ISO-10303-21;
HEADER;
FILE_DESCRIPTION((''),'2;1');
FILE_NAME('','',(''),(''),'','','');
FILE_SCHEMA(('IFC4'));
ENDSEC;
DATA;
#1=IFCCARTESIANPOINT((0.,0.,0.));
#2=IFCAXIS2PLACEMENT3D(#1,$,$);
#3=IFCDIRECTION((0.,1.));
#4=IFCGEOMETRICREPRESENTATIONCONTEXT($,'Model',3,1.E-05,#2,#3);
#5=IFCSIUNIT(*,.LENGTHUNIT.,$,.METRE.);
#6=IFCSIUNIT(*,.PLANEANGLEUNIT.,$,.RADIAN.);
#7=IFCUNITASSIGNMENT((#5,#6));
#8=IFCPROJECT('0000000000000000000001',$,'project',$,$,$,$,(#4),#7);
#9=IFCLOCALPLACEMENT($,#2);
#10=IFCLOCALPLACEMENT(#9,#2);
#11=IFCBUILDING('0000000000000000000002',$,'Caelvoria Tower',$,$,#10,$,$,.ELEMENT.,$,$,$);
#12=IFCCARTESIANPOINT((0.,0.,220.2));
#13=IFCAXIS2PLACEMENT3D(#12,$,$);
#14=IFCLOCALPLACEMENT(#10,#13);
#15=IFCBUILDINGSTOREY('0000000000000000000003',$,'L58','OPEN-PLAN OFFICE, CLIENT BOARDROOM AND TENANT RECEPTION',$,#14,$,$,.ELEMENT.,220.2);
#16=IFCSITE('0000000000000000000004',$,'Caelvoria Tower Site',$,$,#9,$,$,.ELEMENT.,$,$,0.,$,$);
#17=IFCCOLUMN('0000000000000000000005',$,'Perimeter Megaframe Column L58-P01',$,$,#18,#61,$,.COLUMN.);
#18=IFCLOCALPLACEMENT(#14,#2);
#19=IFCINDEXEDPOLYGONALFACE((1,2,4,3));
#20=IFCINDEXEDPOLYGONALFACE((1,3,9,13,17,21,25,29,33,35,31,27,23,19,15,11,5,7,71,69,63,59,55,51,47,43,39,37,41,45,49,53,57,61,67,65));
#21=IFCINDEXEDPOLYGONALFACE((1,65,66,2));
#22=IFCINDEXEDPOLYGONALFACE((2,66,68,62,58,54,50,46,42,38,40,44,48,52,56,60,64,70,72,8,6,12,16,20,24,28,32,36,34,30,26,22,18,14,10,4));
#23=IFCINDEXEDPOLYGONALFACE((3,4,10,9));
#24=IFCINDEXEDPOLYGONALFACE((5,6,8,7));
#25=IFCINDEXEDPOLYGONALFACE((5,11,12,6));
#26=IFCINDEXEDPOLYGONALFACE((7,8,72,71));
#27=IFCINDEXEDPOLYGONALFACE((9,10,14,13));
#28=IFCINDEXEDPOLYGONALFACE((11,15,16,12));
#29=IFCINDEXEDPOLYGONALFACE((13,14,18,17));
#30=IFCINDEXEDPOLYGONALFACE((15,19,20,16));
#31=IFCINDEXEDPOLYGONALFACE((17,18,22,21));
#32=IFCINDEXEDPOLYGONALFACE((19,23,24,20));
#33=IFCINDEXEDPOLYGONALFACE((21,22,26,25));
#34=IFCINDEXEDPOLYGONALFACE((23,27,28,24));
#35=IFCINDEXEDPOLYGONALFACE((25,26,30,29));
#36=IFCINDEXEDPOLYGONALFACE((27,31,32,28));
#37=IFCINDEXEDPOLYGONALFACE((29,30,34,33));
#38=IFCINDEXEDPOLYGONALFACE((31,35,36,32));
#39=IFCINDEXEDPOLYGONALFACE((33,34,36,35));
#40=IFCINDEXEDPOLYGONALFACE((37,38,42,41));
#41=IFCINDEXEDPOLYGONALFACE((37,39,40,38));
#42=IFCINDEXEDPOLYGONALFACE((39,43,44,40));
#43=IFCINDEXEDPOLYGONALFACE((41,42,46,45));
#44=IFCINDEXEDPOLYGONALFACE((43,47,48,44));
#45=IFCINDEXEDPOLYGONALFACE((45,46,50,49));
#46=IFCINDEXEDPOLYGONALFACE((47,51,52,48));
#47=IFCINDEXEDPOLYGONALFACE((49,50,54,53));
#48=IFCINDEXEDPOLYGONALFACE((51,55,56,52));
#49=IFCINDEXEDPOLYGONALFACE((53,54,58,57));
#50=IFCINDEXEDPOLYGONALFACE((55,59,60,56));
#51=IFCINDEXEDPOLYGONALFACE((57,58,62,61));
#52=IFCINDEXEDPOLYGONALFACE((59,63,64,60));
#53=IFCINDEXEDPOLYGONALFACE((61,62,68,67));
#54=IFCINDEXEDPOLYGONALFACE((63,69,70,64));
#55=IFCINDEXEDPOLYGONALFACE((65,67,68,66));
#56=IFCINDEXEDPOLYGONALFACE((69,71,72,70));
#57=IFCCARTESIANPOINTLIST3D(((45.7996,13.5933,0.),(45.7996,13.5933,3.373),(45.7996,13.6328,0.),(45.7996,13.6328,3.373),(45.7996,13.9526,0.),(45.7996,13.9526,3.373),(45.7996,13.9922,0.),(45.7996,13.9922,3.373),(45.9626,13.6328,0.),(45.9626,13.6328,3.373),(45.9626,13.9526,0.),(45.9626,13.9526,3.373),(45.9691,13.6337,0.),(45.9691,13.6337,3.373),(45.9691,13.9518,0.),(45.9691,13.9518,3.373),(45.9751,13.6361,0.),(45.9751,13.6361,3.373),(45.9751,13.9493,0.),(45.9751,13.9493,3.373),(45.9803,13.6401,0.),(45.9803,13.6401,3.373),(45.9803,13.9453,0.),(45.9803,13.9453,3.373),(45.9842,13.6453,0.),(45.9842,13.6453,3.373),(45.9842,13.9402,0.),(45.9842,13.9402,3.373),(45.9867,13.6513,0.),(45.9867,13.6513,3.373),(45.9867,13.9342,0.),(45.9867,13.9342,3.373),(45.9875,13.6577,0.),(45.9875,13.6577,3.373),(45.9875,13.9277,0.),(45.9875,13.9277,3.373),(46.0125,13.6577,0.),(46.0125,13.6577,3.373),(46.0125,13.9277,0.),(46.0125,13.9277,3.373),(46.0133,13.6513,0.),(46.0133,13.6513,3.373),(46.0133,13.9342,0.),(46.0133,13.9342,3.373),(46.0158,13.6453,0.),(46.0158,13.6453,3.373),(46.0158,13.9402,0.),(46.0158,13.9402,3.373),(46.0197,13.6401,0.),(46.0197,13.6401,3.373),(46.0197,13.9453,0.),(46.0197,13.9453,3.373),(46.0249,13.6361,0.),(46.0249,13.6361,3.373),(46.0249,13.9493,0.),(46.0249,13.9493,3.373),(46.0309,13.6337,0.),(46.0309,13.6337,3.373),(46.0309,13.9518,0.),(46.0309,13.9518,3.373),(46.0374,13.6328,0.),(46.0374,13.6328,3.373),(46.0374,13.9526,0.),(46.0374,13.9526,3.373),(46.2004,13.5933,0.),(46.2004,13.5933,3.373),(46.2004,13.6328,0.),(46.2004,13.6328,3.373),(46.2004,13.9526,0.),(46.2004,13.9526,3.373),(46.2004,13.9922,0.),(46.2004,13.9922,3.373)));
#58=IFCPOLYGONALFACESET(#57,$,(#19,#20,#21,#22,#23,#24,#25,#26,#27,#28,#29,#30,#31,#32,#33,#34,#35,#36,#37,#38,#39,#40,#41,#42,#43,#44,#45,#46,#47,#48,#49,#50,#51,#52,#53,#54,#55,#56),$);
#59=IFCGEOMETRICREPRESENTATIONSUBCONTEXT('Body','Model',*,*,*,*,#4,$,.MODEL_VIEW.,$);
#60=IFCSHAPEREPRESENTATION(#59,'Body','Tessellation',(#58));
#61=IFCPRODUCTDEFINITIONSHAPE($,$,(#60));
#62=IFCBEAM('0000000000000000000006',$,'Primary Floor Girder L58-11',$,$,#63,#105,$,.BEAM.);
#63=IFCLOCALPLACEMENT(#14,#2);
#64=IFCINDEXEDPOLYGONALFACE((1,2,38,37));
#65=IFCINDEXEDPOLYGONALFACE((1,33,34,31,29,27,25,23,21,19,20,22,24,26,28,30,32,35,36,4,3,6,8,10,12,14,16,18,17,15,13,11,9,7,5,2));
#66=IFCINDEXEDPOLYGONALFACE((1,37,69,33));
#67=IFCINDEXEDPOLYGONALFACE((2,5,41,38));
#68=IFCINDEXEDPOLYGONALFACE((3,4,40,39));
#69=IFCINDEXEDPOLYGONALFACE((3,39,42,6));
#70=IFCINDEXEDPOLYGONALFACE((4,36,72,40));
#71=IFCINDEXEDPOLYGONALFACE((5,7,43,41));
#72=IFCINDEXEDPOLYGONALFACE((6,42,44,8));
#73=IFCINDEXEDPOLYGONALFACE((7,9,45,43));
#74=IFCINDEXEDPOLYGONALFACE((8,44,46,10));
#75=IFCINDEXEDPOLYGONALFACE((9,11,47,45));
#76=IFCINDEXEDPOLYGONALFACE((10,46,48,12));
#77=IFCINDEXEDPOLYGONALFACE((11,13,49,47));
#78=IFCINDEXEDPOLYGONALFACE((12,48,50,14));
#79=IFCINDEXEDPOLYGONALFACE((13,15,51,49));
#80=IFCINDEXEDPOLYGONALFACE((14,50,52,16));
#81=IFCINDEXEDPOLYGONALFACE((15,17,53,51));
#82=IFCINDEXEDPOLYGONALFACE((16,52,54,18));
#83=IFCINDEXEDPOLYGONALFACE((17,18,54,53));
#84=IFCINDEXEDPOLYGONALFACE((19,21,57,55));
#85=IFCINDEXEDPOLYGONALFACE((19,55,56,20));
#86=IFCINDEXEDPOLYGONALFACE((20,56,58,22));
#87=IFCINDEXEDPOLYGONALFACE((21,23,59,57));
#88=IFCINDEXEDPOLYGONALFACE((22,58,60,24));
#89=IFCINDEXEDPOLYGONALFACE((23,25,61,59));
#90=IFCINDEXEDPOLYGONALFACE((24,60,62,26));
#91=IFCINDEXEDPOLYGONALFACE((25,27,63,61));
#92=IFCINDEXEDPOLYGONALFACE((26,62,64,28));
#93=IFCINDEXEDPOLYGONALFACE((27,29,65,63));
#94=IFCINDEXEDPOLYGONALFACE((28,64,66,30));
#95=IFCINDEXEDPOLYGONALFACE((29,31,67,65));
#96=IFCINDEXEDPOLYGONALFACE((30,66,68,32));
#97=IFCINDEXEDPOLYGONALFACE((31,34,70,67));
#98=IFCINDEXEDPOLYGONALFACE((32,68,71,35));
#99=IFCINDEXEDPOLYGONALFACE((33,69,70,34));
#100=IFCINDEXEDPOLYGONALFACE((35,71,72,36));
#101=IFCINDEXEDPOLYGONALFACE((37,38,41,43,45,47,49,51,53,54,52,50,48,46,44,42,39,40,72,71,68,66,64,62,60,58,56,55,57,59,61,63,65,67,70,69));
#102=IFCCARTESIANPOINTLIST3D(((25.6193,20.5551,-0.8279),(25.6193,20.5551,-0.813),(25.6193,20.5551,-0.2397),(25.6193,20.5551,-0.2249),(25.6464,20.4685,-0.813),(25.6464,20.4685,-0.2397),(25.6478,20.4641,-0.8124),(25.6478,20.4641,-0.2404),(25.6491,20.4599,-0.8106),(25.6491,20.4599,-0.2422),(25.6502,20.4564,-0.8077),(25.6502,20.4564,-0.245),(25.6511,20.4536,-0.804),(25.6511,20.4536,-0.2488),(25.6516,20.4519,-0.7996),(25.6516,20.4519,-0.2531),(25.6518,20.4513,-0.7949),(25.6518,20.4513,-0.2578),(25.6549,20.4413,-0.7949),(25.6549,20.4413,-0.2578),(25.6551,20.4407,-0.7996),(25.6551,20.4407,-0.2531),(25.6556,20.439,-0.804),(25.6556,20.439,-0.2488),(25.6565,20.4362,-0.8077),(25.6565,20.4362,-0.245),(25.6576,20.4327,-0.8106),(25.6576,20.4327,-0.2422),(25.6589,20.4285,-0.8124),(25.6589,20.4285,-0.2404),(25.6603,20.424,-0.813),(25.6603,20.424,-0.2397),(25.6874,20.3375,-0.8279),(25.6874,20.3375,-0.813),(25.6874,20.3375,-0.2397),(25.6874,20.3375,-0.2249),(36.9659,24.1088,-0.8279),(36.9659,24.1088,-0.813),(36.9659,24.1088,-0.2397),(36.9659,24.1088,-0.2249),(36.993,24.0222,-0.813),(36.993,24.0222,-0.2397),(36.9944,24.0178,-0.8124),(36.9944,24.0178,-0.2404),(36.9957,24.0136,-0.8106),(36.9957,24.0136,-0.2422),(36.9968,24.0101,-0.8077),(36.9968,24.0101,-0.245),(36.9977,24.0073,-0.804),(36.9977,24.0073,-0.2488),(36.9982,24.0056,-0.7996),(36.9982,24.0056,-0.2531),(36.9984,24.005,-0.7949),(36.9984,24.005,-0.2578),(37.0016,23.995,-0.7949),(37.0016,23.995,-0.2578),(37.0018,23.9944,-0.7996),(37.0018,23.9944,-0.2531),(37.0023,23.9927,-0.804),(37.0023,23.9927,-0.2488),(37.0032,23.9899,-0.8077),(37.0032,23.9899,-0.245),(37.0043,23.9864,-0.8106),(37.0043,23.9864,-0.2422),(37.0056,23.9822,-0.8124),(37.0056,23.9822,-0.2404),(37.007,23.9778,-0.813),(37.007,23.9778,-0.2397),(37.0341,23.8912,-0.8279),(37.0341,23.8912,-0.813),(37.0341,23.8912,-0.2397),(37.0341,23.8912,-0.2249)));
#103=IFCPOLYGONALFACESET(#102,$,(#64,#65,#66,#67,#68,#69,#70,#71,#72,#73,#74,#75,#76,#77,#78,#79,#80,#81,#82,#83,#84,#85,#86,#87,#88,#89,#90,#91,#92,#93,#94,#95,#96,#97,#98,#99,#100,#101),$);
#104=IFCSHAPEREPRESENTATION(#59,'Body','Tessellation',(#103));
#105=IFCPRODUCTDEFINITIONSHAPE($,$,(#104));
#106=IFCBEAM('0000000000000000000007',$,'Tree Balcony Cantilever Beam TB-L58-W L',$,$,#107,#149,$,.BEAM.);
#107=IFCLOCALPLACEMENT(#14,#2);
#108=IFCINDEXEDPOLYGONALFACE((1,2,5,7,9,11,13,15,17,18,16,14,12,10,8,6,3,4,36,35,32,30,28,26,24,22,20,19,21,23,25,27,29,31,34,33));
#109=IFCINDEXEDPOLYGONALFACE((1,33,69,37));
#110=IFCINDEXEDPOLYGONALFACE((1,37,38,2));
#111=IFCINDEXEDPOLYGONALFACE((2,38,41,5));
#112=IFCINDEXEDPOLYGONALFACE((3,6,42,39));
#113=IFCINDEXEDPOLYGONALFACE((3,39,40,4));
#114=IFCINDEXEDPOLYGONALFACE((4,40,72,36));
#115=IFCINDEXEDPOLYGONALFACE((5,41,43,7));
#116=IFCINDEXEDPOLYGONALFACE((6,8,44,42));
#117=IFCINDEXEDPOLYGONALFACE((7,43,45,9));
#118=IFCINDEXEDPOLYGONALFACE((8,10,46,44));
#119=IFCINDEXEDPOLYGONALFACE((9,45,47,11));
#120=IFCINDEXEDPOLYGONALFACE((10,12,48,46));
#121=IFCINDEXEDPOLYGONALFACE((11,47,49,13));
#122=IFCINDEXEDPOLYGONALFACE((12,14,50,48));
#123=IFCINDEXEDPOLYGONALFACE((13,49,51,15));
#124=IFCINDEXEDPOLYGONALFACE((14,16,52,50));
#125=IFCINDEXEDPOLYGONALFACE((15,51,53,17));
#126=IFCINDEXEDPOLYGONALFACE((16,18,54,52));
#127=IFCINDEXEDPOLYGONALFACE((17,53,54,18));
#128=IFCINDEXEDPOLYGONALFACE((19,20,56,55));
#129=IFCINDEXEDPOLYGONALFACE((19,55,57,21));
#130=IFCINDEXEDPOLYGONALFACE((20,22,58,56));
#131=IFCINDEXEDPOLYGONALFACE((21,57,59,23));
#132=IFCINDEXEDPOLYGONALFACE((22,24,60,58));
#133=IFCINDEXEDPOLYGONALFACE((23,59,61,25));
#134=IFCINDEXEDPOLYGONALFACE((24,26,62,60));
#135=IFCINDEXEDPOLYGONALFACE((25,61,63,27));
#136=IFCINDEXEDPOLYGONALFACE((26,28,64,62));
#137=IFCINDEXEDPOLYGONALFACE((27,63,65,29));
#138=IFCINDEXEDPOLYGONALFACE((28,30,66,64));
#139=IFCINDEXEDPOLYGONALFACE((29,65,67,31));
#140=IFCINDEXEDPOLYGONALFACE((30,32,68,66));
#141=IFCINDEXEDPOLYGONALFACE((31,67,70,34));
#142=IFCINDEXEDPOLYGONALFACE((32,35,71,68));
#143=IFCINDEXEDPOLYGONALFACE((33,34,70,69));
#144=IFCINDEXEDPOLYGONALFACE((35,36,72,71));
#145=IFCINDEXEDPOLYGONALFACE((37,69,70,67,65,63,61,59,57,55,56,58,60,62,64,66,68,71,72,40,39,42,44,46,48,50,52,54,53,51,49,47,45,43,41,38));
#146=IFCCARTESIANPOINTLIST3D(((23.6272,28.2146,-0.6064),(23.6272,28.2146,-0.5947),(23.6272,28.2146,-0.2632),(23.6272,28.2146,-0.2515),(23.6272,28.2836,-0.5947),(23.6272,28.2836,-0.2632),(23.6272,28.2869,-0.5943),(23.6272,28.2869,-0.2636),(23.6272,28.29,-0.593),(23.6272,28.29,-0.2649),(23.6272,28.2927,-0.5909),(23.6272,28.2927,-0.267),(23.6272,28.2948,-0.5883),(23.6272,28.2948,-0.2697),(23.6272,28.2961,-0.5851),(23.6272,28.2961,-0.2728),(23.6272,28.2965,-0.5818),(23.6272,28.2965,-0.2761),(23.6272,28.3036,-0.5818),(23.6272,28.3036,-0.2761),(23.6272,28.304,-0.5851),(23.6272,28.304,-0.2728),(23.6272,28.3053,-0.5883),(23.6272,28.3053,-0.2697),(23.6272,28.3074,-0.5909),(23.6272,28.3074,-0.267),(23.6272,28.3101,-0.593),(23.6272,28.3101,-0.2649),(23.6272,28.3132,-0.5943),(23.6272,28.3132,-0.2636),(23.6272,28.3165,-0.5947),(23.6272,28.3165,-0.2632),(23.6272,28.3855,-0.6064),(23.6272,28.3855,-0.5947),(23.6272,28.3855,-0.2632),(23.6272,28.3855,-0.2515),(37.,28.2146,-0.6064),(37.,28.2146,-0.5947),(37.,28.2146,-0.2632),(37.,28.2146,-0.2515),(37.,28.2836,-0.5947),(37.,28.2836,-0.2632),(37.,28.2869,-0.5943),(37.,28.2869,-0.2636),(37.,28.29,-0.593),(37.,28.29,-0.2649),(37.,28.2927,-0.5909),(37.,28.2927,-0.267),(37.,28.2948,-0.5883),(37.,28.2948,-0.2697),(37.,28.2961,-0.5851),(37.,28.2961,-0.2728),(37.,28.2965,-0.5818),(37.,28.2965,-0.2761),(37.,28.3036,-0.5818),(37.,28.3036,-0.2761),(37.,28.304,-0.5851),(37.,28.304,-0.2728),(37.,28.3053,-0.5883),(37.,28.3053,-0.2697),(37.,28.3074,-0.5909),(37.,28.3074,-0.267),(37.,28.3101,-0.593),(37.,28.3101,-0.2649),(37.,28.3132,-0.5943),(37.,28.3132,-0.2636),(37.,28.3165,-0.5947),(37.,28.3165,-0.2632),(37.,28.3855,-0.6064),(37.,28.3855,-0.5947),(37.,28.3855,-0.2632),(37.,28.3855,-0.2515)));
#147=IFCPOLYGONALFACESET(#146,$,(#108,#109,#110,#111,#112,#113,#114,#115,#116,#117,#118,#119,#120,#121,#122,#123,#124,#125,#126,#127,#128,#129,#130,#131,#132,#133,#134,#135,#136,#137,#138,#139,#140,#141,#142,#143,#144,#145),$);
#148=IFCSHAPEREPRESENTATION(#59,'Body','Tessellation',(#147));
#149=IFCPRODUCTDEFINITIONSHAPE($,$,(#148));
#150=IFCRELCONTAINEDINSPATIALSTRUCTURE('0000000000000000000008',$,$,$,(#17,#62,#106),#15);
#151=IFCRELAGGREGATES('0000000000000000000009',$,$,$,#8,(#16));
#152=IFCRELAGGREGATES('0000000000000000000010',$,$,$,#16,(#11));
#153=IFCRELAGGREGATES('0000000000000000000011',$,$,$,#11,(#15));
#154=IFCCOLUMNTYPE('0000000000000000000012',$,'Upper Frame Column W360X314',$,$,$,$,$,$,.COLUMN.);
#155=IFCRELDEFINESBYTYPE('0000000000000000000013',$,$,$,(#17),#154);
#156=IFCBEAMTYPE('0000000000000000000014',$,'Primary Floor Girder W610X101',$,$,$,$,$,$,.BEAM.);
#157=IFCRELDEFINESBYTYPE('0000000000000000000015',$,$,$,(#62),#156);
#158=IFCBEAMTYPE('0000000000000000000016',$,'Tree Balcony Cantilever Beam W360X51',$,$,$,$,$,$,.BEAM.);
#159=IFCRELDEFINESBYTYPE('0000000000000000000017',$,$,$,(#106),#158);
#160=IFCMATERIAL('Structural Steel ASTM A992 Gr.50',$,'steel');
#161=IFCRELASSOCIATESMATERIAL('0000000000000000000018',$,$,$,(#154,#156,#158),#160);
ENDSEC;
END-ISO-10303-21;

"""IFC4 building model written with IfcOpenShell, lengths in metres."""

from ifc_helpers import new_model, si_unit, direction, frame, origin, origin_2d, place, context, subcontext, project, spatial, i_section, extrude, material, material_profile, profile_set, type_object, element, save


model = new_model("IFC4")

# Units and contexts
model_context = context("Model", 3, precision=1e-05, world=origin(), true_north=direction((0.0, 1.0)))
body_context = subcontext(model_context, "Body", "Model", "MODEL_VIEW")
ifc_project = project(units=[si_unit("LENGTHUNIT", "METRE"), si_unit("PLANEANGLEUNIT", "RADIAN")], contexts=[model_context])

# Site, building, storey
site_placement = place(None, origin())
site = spatial("IfcSite", under=ifc_project, at=site_placement, Name="Caelvoria Tower Site", CompositionType="ELEMENT", RefElevation=0.0)
building_placement = place(site_placement, origin())
building = spatial("IfcBuilding", under=site, at=building_placement, Name="Caelvoria Tower", CompositionType="ELEMENT")
storey_placement = place(building_placement, frame((0.0, 0.0, 220.2)))
storey = spatial("IfcBuildingStorey", under=building, at=storey_placement, Name="L58", Description="OPEN-PLAN OFFICE, CLIENT BOARDROOM AND TENANT RECEPTION", CompositionType="ELEMENT", Elevation=220.2)

# Column
ifc_material_1 = material(Name="Structural Steel ASTM A992 Gr.50", Category="steel")
ifc_material_profile_1 = material_profile(ifc_material_1, i_section(OverallWidth=0.4009, OverallDepth=0.3989, WebThickness=0.0249, FlangeThickness=0.0396, FilletRadius=0.0249, at=origin_2d()), Name="Structural Steel ASTM A992 Gr.50")
ifc_profile_set_1 = profile_set([ifc_material_profile_1], Name="W360X314 - Structural Steel ASTM A992 Gr.50")
column_type = type_object("IfcColumnType", Name="Upper Frame Column W360X314", PredefinedType="COLUMN", material=ifc_profile_set_1)
column_placement = place(storey_placement, frame((46.0, 13.7927, 0.0), z_axis=(0.0, 0.0, 1.0), x_axis=(1.0, 0.0, 0.0)))
element("IfcColumn", 1, at=column_placement, inside=storey, type_object=column_type, Name="Perimeter Megaframe Column L58-P01", PredefinedType="COLUMN", context=body_context, shape_type="SweptSolid", body=[
    extrude(i_section(OverallWidth=0.4009, OverallDepth=0.3989, WebThickness=0.0249, FlangeThickness=0.0396, FilletRadius=0.0249, at=origin_2d()), origin(), (0.0, 0.0, 1.0), 3.373),
])

# Beams
ifc_material_profile_2 = material_profile(ifc_material_1, i_section(OverallWidth=0.228, OverallDepth=0.603, WebThickness=0.0105, FlangeThickness=0.0149, FilletRadius=0.0181, at=origin_2d()), Name="Structural Steel ASTM A992 Gr.50")
ifc_profile_set_2 = profile_set([ifc_material_profile_2], Name="W610X101 - Structural Steel ASTM A992 Gr.50")
beam_type_1 = type_object("IfcBeamType", Name="Primary Floor Girder W610X101", PredefinedType="BEAM", material=ifc_profile_set_2)
beam_1_placement = place(storey_placement, frame((37.0, 24.0, -0.5264), z_axis=(-0.954291, -0.298878, 0.0), x_axis=(0.298878, -0.954291, 0.0)))
element("IfcBeam", 2, at=beam_1_placement, inside=storey, type_object=beam_type_1, Name="Primary Floor Girder L58-11", PredefinedType="BEAM", context=body_context, shape_type="SweptSolid", body=[
    extrude(i_section(OverallWidth=0.228, OverallDepth=0.603, WebThickness=0.0105, FlangeThickness=0.0149, FilletRadius=0.0181, at=origin_2d()), origin(), (0.0, 0.0, 1.0), 11.8901),
])
ifc_material_profile_3 = material_profile(ifc_material_1, i_section(OverallWidth=0.1709, OverallDepth=0.355, WebThickness=0.0071, FlangeThickness=0.0117, FilletRadius=0.0129, at=origin_2d()), Name="Structural Steel ASTM A992 Gr.50")
ifc_profile_set_3 = profile_set([ifc_material_profile_3], Name="W360X51 - Structural Steel ASTM A992 Gr.50")
beam_type_2 = type_object("IfcBeamType", Name="Tree Balcony Cantilever Beam W360X51", PredefinedType="BEAM", material=ifc_profile_set_3)
beam_2_placement = place(storey_placement, frame((37.0, 28.3, -0.429), z_axis=(-1.0, 0.0, 0.0), x_axis=(0.0, -1.0, 0.0)))
element("IfcBeam", 3, at=beam_2_placement, inside=storey, type_object=beam_type_2, Name="Tree Balcony Cantilever Beam TB-L58-W L", PredefinedType="BEAM", context=body_context, shape_type="SweptSolid", body=[
    extrude(i_section(OverallWidth=0.1709, OverallDepth=0.355, WebThickness=0.0071, FlangeThickness=0.0117, FilletRadius=0.0129, at=origin_2d()), origin(), (0.0, 0.0, 1.0), 13.3728),
])

save(model, "model.ifc")
